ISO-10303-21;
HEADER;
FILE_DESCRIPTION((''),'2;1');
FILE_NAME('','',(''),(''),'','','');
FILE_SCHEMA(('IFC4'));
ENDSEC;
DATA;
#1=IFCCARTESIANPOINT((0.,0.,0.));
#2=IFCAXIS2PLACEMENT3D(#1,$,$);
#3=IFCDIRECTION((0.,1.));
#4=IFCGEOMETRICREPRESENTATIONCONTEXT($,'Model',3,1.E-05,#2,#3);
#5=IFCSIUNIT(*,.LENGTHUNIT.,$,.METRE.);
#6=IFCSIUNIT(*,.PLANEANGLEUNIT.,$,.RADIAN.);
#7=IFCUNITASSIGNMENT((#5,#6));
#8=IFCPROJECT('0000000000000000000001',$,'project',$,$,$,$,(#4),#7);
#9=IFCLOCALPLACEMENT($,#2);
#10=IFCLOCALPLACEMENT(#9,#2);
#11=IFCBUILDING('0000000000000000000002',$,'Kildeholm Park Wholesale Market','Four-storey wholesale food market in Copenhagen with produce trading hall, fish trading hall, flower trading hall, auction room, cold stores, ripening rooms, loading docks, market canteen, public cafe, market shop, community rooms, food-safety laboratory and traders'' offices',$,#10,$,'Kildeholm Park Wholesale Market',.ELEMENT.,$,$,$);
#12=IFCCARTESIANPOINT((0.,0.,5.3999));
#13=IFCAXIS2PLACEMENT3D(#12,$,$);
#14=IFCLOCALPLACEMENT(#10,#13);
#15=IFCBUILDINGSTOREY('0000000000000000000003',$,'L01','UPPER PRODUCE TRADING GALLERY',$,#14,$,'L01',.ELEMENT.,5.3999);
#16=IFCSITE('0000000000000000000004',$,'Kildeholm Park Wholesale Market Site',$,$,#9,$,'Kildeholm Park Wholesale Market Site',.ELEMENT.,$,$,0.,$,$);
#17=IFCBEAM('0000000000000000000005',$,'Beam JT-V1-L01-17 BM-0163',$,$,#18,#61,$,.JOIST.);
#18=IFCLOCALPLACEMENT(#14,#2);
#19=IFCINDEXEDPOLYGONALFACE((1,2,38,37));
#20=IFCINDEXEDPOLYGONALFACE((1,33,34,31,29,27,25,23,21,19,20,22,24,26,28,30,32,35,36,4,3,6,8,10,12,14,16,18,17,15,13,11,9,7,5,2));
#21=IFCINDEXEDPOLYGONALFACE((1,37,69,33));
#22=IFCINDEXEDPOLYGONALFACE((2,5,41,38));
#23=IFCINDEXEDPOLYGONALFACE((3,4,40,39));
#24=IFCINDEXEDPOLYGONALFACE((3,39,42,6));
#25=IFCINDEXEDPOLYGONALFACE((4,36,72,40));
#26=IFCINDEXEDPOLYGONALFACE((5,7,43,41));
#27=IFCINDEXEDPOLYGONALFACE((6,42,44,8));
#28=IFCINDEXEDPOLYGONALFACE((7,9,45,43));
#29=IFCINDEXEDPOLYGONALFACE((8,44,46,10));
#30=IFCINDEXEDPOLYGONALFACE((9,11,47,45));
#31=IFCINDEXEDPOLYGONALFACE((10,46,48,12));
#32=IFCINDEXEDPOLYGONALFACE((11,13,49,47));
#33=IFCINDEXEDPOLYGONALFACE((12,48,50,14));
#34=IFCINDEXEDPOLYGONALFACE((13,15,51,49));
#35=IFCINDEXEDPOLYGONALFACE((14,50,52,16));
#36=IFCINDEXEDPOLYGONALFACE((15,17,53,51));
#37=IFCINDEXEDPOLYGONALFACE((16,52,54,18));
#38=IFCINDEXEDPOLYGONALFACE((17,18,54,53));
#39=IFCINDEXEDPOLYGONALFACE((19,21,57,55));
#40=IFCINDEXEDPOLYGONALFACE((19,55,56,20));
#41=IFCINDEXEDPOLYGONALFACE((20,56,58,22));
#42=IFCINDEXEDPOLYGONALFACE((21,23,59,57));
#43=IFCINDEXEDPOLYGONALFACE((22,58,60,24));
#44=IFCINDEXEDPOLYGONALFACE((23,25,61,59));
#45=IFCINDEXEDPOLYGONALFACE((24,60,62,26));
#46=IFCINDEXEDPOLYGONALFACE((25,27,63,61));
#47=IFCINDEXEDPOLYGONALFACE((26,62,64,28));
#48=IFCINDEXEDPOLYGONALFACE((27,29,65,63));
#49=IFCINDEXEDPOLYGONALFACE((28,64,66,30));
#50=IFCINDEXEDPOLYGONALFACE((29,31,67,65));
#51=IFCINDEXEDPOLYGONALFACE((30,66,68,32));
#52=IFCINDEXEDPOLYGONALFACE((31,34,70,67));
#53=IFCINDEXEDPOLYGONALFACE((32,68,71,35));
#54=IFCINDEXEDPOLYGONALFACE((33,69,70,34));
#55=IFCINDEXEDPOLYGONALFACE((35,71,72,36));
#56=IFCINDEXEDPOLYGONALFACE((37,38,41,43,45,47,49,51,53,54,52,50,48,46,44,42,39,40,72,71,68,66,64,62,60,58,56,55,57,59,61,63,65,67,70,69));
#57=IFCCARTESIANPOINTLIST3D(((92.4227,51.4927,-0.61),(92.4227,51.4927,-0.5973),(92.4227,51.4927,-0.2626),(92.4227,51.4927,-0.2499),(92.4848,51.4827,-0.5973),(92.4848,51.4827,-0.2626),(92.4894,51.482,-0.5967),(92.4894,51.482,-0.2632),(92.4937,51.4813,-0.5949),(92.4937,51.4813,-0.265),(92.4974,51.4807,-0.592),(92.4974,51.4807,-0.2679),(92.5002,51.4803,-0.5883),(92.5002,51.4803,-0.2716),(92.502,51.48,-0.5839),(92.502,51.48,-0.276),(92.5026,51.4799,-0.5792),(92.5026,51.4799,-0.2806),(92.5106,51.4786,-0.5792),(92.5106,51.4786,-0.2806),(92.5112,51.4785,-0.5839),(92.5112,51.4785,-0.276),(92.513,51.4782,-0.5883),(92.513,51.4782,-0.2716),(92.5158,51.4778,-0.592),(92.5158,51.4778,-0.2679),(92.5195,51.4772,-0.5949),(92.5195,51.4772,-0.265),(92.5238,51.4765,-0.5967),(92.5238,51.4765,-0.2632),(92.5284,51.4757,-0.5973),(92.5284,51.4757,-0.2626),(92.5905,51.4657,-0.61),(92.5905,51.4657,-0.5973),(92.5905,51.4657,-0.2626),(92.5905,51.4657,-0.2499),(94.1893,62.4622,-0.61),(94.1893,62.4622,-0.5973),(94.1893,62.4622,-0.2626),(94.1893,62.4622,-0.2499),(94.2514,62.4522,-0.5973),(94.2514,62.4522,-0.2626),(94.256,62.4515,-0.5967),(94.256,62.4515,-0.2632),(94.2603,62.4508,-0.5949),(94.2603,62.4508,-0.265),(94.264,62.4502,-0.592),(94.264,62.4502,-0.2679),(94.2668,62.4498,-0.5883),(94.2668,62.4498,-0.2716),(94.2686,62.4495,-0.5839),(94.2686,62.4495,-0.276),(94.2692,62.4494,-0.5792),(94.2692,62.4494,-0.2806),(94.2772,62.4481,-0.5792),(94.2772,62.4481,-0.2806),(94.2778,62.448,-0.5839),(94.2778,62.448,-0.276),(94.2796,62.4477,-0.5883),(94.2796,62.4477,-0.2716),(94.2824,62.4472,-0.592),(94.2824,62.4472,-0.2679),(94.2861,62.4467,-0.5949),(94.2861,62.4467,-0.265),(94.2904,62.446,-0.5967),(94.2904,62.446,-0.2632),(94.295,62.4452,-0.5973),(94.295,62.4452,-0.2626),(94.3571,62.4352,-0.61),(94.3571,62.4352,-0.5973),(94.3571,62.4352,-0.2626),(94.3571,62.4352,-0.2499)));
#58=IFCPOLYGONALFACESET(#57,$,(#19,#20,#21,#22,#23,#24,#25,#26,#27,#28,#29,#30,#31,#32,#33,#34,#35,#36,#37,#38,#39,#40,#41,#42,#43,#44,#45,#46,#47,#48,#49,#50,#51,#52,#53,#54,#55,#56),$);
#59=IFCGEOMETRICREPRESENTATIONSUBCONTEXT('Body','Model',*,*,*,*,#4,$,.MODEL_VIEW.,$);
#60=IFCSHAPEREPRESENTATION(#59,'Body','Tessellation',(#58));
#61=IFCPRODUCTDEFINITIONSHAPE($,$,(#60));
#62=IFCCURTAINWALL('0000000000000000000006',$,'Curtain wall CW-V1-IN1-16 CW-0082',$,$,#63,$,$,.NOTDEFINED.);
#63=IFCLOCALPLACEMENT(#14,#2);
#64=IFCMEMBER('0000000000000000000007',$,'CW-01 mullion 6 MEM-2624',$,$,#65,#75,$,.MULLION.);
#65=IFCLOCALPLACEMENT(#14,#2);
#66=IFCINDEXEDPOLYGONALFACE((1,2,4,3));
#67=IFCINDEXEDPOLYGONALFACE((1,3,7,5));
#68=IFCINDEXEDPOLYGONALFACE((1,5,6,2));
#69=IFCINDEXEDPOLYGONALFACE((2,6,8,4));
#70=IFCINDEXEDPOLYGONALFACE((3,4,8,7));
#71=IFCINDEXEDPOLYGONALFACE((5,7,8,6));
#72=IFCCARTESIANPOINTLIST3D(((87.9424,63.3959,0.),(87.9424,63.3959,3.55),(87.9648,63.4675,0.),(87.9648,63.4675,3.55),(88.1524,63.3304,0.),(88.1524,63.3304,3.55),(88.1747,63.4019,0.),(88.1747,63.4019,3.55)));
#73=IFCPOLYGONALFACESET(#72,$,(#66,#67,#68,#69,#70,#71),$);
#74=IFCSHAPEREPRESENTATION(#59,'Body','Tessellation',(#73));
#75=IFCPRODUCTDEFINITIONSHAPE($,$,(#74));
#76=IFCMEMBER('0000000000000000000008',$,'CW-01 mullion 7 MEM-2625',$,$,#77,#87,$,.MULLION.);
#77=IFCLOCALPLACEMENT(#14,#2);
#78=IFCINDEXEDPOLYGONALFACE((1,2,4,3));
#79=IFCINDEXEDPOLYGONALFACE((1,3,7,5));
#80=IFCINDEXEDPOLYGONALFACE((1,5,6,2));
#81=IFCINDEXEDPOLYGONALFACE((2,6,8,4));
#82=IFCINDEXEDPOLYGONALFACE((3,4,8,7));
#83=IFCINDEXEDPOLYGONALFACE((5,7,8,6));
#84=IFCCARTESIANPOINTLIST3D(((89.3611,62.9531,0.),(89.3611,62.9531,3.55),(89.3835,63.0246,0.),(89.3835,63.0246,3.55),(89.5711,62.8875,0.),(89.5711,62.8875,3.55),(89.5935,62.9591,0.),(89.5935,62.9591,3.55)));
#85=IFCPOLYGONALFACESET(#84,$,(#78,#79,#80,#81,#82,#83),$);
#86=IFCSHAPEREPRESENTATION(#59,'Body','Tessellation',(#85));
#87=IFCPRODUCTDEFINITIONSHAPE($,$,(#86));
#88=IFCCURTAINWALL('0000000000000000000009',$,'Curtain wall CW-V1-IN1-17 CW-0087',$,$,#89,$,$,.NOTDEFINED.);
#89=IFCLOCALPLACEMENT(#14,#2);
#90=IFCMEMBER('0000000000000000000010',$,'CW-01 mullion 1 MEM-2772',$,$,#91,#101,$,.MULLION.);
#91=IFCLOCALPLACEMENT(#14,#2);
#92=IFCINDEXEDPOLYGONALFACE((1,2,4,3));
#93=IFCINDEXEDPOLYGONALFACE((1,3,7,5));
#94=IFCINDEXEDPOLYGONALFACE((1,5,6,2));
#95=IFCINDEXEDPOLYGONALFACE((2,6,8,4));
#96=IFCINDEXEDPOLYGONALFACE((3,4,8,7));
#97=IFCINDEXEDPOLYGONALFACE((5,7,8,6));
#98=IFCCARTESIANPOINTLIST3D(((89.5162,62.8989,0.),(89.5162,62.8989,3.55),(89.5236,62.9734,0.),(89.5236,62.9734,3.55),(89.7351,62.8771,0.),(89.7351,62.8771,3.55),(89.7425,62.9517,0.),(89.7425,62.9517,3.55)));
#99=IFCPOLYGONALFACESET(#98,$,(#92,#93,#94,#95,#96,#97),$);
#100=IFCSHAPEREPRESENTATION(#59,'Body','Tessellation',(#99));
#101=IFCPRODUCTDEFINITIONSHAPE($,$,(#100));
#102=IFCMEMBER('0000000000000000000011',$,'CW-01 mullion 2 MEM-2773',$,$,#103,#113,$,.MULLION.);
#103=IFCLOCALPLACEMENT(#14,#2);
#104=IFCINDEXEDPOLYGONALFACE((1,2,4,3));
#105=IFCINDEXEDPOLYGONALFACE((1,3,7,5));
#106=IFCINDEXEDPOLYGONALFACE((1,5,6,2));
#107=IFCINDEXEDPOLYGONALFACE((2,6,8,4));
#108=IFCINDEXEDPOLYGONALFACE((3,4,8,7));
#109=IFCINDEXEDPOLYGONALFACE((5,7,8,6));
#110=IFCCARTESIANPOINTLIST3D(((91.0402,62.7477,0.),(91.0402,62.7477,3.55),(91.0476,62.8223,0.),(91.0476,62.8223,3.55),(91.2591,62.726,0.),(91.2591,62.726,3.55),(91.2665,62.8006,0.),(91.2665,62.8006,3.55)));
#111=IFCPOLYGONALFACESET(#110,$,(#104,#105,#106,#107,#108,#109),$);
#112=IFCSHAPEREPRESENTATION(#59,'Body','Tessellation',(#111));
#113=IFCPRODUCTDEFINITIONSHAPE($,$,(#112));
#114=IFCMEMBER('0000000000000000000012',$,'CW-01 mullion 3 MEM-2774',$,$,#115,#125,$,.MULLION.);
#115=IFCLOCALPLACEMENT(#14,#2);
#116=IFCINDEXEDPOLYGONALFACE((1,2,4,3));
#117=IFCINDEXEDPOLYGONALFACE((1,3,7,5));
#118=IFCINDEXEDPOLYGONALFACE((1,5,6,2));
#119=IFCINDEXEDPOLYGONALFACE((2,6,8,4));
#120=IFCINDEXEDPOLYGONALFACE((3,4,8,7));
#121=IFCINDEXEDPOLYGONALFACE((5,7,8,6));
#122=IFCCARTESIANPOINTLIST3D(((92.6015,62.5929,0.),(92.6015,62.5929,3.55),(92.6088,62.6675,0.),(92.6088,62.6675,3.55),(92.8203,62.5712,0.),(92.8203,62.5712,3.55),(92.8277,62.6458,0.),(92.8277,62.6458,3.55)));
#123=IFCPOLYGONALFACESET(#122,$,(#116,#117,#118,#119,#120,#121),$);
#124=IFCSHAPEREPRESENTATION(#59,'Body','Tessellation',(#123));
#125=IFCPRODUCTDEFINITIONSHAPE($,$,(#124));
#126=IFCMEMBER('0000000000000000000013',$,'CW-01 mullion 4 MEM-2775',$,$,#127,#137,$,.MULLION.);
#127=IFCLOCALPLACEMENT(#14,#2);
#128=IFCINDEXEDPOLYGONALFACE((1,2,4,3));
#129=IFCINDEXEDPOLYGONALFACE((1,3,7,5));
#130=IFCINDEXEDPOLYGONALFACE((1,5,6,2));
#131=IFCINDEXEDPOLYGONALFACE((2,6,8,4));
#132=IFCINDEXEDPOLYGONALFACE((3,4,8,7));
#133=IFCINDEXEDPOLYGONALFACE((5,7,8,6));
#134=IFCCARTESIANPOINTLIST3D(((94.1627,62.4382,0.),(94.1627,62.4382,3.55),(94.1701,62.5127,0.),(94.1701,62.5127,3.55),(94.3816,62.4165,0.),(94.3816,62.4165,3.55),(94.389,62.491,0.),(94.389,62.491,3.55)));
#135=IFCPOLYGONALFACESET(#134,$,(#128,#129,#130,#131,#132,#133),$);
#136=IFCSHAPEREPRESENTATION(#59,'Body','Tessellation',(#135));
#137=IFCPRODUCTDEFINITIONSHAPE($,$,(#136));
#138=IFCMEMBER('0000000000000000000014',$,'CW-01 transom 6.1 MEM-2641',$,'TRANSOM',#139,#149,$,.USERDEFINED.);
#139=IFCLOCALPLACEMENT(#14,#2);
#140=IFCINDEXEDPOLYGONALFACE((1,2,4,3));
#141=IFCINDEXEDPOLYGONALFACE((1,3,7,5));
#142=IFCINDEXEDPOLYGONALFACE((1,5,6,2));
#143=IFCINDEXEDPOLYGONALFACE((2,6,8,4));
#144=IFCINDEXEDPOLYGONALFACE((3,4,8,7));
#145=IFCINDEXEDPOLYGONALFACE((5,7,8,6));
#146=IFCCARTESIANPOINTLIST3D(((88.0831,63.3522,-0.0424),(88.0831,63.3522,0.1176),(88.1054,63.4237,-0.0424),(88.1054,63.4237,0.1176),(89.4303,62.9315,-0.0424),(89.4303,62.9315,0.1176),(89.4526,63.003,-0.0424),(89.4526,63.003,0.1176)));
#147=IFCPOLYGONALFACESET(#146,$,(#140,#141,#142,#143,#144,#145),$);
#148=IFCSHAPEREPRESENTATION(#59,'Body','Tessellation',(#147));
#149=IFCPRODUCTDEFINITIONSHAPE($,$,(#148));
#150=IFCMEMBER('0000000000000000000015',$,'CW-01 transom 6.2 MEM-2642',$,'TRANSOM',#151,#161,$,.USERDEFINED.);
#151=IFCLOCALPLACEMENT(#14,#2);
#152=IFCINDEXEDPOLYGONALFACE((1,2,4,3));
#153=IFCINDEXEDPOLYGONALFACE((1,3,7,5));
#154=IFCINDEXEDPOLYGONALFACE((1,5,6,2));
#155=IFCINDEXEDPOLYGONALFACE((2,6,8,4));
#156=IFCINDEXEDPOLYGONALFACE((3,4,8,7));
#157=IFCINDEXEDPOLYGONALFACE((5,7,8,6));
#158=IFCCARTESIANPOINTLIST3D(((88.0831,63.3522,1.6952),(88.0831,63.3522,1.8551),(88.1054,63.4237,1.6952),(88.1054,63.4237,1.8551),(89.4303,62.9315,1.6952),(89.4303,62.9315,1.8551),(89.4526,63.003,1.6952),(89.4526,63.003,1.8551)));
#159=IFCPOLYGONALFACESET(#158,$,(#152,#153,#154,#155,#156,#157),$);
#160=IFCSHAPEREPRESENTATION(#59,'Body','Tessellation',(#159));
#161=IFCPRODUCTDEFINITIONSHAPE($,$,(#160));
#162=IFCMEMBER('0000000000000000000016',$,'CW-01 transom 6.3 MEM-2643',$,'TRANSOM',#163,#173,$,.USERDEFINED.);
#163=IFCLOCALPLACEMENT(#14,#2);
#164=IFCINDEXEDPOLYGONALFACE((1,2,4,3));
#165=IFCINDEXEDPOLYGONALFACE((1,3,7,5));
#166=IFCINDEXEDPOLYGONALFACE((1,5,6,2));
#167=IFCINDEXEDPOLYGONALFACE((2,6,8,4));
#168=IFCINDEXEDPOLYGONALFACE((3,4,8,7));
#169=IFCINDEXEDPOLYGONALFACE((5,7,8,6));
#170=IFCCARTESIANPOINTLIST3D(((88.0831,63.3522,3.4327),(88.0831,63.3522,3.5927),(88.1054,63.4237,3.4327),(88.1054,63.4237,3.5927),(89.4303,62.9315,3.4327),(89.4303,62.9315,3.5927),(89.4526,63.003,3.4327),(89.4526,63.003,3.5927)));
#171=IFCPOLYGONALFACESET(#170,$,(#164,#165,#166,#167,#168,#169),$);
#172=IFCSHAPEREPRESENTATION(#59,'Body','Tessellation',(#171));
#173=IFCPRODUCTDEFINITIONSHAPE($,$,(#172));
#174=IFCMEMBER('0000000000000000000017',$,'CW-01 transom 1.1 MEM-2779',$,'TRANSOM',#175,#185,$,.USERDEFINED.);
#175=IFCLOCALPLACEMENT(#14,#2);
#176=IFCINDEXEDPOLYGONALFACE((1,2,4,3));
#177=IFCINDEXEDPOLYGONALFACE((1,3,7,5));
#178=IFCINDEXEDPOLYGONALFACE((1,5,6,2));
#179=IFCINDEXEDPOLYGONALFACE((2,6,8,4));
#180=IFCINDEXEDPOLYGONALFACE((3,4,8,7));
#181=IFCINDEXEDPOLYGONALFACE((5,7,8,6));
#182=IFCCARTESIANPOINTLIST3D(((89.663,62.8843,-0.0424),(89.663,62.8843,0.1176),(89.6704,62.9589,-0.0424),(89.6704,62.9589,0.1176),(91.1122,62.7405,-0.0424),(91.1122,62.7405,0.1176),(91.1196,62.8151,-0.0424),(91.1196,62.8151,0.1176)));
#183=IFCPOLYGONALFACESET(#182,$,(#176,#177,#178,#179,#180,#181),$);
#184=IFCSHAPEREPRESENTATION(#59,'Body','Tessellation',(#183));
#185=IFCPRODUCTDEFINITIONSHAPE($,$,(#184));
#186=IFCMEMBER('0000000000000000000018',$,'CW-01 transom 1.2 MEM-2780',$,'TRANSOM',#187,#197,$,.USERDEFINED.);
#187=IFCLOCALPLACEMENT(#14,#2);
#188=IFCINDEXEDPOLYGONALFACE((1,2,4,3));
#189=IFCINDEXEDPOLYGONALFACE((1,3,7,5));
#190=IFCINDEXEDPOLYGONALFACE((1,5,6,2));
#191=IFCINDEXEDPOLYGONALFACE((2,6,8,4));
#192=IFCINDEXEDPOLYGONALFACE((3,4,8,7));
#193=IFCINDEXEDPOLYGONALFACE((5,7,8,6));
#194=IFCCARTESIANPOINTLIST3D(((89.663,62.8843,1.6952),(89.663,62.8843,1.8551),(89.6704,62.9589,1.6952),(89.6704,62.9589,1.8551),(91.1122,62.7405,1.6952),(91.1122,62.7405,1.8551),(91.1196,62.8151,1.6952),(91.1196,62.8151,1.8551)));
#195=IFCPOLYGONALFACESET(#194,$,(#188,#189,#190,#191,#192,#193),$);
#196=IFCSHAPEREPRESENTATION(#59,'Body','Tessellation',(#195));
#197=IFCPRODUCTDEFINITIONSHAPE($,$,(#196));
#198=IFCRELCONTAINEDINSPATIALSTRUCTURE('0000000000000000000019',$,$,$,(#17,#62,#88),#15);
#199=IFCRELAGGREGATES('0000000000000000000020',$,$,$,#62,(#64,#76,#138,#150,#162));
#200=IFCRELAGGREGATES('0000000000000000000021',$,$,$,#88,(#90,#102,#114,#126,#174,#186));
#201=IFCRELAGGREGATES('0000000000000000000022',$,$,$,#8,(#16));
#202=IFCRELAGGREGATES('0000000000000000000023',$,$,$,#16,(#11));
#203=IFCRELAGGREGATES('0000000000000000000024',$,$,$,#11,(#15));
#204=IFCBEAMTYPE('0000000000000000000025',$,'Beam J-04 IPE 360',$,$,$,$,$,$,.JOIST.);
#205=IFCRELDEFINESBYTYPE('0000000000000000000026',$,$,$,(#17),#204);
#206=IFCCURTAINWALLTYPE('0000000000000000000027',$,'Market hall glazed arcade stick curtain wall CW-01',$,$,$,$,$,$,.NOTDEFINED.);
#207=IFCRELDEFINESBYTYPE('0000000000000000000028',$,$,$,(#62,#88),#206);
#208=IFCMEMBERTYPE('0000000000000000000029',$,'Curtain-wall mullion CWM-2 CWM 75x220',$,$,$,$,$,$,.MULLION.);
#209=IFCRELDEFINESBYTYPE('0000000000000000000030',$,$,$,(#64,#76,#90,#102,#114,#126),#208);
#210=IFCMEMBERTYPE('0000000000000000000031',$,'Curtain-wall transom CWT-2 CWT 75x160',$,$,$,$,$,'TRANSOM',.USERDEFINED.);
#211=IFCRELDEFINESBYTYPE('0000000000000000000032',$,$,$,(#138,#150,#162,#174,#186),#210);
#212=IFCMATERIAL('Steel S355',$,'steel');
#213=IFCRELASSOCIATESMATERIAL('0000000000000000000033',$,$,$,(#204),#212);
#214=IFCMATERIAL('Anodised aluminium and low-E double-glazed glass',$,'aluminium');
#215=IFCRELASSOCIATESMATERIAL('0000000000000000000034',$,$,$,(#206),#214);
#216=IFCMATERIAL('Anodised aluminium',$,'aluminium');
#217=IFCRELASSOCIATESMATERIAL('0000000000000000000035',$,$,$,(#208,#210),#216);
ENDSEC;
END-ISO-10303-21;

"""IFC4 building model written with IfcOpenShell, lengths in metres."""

from ifc_helpers import new_model, si_unit, direction, frame, origin, origin_2d, place, context, subcontext, project, spatial, rectangle, i_section, extrude, material, material_profile, profile_set, type_object, element, aggregate, save


model = new_model("IFC4")

# Units and contexts
model_context = context("Model", 3, precision=1e-05, world=origin(), true_north=direction((0.0, 1.0)))
body_context = subcontext(model_context, "Body", "Model", "MODEL_VIEW")
ifc_project = project(units=[si_unit("LENGTHUNIT", "METRE"), si_unit("PLANEANGLEUNIT", "RADIAN")], contexts=[model_context])

# Site, building, storey
site_placement = place(None, origin())
site = spatial("IfcSite", under=ifc_project, at=site_placement, Name="Kildeholm Park Wholesale Market Site", LongName="Kildeholm Park Wholesale Market Site", CompositionType="ELEMENT", RefElevation=0.0)
building_placement = place(site_placement, origin())
building = spatial("IfcBuilding", under=site, at=building_placement, Name="Kildeholm Park Wholesale Market", Description="Four-storey wholesale food market in Copenhagen with produce trading hall, fish trading hall, flower trading hall, auction room, cold stores, ripening rooms, loading docks, market canteen, public cafe, market shop, community rooms, food-safety laboratory and traders' offices", LongName="Kildeholm Park Wholesale Market", CompositionType="ELEMENT")
storey_placement = place(building_placement, frame((0.0, 0.0, 5.3999)))
storey = spatial("IfcBuildingStorey", under=building, at=storey_placement, Name="L01", Description="UPPER PRODUCE TRADING GALLERY", LongName="L01", CompositionType="ELEMENT", Elevation=5.3999)

# Shared definitions
ifc_material_1 = material(Name="Steel S355", Category="steel")

# Beam
ifc_material_profile_1 = material_profile(ifc_material_1, i_section(OverallWidth=0.1699, OverallDepth=0.3601, WebThickness=0.0081, FlangeThickness=0.0127, FilletRadius=0.0181, at=origin_2d()), Name="IPE 360")
ifc_profile_set_1 = profile_set([ifc_material_profile_1], Name="Steel S355")
beam_type_1 = type_object("IfcBeamType", Name="Beam J-04 IPE 360", PredefinedType="JOIST", material=ifc_profile_set_1)
beam_1_placement = place(storey_placement, frame((94.2732, 62.4487, -0.4299), z_axis=(-0.158998, -0.987279, 0.0), x_axis=(0.987279, -0.158998, 0.0)))
element("IfcBeam", 1, at=beam_1_placement, inside=storey, type_object=beam_type_1, Name="Beam JT-V1-L01-17 BM-0163", PredefinedType="JOIST", context=body_context, shape_type="SweptSolid", body=[
    extrude(i_section(OverallWidth=0.1699, OverallDepth=0.3601, WebThickness=0.0081, FlangeThickness=0.0127, FilletRadius=0.0181, at=origin_2d()), origin(), (0.0, 0.0, 1.0), 11.1108),
])

# Curtain walls, members
ifc_material_2 = material(Name="Anodised aluminium and low-E double-glazed glass", Category="aluminium")
curtain_wall_type = type_object("IfcCurtainWallType", Name="Market hall glazed arcade stick curtain wall CW-01", PredefinedType="NOTDEFINED", material=ifc_material_2)
curtain_wall_1_placement = place(storey_placement, origin())
curtain_wall_1 = element("IfcCurtainWall", 2, at=curtain_wall_1_placement, inside=storey, type_object=curtain_wall_type, Name="Curtain wall CW-V1-IN1-16 CW-0082", PredefinedType="NOTDEFINED")
ifc_material_3 = material(Name="Anodised aluminium", Category="aluminium")
ifc_material_profile_2 = material_profile(ifc_material_3, rectangle(XDim=0.075, YDim=0.22, at=origin_2d()), Name="CWM 75x220")
ifc_profile_set_2 = profile_set([ifc_material_profile_2], Name="Anodised aluminium")
member_type_1 = type_object("IfcMemberType", Name="Curtain-wall mullion CWM-2 CWM 75x220", PredefinedType="MULLION", material=ifc_profile_set_2)
member_1_placement = place(storey_placement, frame((88.0586, 63.3989, 0.0), z_axis=(0.0, 0.0, 1.0), x_axis=(0.297957, 0.954579, 0.0)))
member_1 = element("IfcMember", 3, at=member_1_placement, type_object=member_type_1, Name="CW-01 mullion 6 MEM-2624", PredefinedType="MULLION", context=body_context, shape_type="SweptSolid", body=[
    extrude(rectangle(XDim=0.075, YDim=0.22, at=origin_2d()), origin(), (0.0, 0.0, 1.0), 3.55),
])
member_2_placement = place(storey_placement, frame((89.4773, 62.9561, 0.0), z_axis=(0.0, 0.0, 1.0), x_axis=(0.297957, 0.954579, 0.0)))
member_2 = element("IfcMember", 4, at=member_2_placement, type_object=member_type_1, Name="CW-01 mullion 7 MEM-2625", PredefinedType="MULLION", context=body_context, shape_type="SweptSolid", body=[
    extrude(rectangle(XDim=0.075, YDim=0.22, at=origin_2d()), origin(), (0.0, 0.0, 1.0), 3.55),
])
curtain_wall_2_placement = place(storey_placement, origin())
curtain_wall_2 = element("IfcCurtainWall", 5, at=curtain_wall_2_placement, inside=storey, type_object=curtain_wall_type, Name="Curtain wall CW-V1-IN1-17 CW-0087", PredefinedType="NOTDEFINED")
member_3_placement = place(storey_placement, frame((89.6294, 62.9253, 0.0), z_axis=(0.0, 0.0, 1.0), x_axis=(0.098683, 0.995119, 0.0)))
member_3 = element("IfcMember", 6, at=member_3_placement, type_object=member_type_1, Name="CW-01 mullion 1 MEM-2772", PredefinedType="MULLION", context=body_context, shape_type="SweptSolid", body=[
    extrude(rectangle(XDim=0.075, YDim=0.22, at=origin_2d()), origin(), (0.0, 0.0, 1.0), 3.55),
])
member_4_placement = place(storey_placement, frame((91.1533, 62.7742, 0.0), z_axis=(0.0, 0.0, 1.0), x_axis=(0.098683, 0.995119, 0.0)))
member_4 = element("IfcMember", 7, at=member_4_placement, type_object=member_type_1, Name="CW-01 mullion 2 MEM-2773", PredefinedType="MULLION", context=body_context, shape_type="SweptSolid", body=[
    extrude(rectangle(XDim=0.075, YDim=0.22, at=origin_2d()), origin(), (0.0, 0.0, 1.0), 3.55),
])
member_5_placement = place(storey_placement, frame((92.7146, 62.6194, 0.0), z_axis=(0.0, 0.0, 1.0), x_axis=(0.098683, 0.995119, 0.0)))
member_5 = element("IfcMember", 8, at=member_5_placement, type_object=member_type_1, Name="CW-01 mullion 3 MEM-2774", PredefinedType="MULLION", context=body_context, shape_type="SweptSolid", body=[
    extrude(rectangle(XDim=0.075, YDim=0.22, at=origin_2d()), origin(), (0.0, 0.0, 1.0), 3.55),
])
member_6_placement = place(storey_placement, frame((94.2759, 62.4646, 0.0), z_axis=(0.0, 0.0, 1.0), x_axis=(0.098683, 0.995119, 0.0)))
member_6 = element("IfcMember", 9, at=member_6_placement, type_object=member_type_1, Name="CW-01 mullion 4 MEM-2775", PredefinedType="MULLION", context=body_context, shape_type="SweptSolid", body=[
    extrude(rectangle(XDim=0.075, YDim=0.22, at=origin_2d()), origin(), (0.0, 0.0, 1.0), 3.55),
])

# Members
ifc_material_profile_3 = material_profile(ifc_material_3, rectangle(XDim=0.075, YDim=0.1599, at=origin_2d()), Name="CWT 75x160")
ifc_profile_set_3 = profile_set([ifc_material_profile_3], Name="Anodised aluminium")
member_type_2 = type_object("IfcMemberType", Name="Curtain-wall transom CWT-2 CWT 75x160", ElementType="TRANSOM", PredefinedType="USERDEFINED", material=ifc_profile_set_3)
member_7_placement = place(storey_placement, frame((88.0942, 63.3879, 0.0376), z_axis=(0.954548, -0.298058, 0.0), x_axis=(0.298058, 0.954548, 0.0)))
member_7 = element("IfcMember", 10, at=member_7_placement, type_object=member_type_2, Name="CW-01 transom 6.1 MEM-2641", ObjectType="TRANSOM", PredefinedType="USERDEFINED", context=body_context, shape_type="SweptSolid", body=[
    extrude(rectangle(XDim=0.075, YDim=0.1599, at=origin_2d()), origin(), (0.0, 0.0, 1.0), 1.4114),
])
member_8_placement = place(storey_placement, frame((88.0942, 63.3879, 1.7751), z_axis=(0.954548, -0.298058, 0.0), x_axis=(0.298058, 0.954548, 0.0)))
member_8 = element("IfcMember", 11, at=member_8_placement, type_object=member_type_2, Name="CW-01 transom 6.2 MEM-2642", ObjectType="TRANSOM", PredefinedType="USERDEFINED", context=body_context, shape_type="SweptSolid", body=[
    extrude(rectangle(XDim=0.075, YDim=0.1599, at=origin_2d()), origin(), (0.0, 0.0, 1.0), 1.4114),
])
member_9_placement = place(storey_placement, frame((88.0942, 63.3879, 3.5127), z_axis=(0.954548, -0.298058, 0.0), x_axis=(0.298058, 0.954548, 0.0)))
member_9 = element("IfcMember", 12, at=member_9_placement, type_object=member_type_2, Name="CW-01 transom 6.3 MEM-2643", ObjectType="TRANSOM", PredefinedType="USERDEFINED", context=body_context, shape_type="SweptSolid", body=[
    extrude(rectangle(XDim=0.075, YDim=0.1599, at=origin_2d()), origin(), (0.0, 0.0, 1.0), 1.4114),
])
member_10_placement = place(storey_placement, frame((89.6667, 62.9216, 0.0376), z_axis=(0.995113, -0.09874, 0.0), x_axis=(0.09874, 0.995113, 0.0)))
member_10 = element("IfcMember", 13, at=member_10_placement, type_object=member_type_2, Name="CW-01 transom 1.1 MEM-2779", ObjectType="TRANSOM", PredefinedType="USERDEFINED", context=body_context, shape_type="SweptSolid", body=[
    extrude(rectangle(XDim=0.075, YDim=0.1599, at=origin_2d()), origin(), (0.0, 0.0, 1.0), 1.4563),
])
member_11_placement = place(storey_placement, frame((89.6667, 62.9216, 1.7751), z_axis=(0.995113, -0.09874, 0.0), x_axis=(0.09874, 0.995113, 0.0)))
member_11 = element("IfcMember", 14, at=member_11_placement, type_object=member_type_2, Name="CW-01 transom 1.2 MEM-2780", ObjectType="TRANSOM", PredefinedType="USERDEFINED", context=body_context, shape_type="SweptSolid", body=[
    extrude(rectangle(XDim=0.075, YDim=0.1599, at=origin_2d()), origin(), (0.0, 0.0, 1.0), 1.4563),
])

aggregate(curtain_wall_1, [member_1, member_2, member_7, member_8, member_9])
aggregate(curtain_wall_2, [member_3, member_4, member_5, member_6, member_10, member_11])

save(model, "model.ifc")
